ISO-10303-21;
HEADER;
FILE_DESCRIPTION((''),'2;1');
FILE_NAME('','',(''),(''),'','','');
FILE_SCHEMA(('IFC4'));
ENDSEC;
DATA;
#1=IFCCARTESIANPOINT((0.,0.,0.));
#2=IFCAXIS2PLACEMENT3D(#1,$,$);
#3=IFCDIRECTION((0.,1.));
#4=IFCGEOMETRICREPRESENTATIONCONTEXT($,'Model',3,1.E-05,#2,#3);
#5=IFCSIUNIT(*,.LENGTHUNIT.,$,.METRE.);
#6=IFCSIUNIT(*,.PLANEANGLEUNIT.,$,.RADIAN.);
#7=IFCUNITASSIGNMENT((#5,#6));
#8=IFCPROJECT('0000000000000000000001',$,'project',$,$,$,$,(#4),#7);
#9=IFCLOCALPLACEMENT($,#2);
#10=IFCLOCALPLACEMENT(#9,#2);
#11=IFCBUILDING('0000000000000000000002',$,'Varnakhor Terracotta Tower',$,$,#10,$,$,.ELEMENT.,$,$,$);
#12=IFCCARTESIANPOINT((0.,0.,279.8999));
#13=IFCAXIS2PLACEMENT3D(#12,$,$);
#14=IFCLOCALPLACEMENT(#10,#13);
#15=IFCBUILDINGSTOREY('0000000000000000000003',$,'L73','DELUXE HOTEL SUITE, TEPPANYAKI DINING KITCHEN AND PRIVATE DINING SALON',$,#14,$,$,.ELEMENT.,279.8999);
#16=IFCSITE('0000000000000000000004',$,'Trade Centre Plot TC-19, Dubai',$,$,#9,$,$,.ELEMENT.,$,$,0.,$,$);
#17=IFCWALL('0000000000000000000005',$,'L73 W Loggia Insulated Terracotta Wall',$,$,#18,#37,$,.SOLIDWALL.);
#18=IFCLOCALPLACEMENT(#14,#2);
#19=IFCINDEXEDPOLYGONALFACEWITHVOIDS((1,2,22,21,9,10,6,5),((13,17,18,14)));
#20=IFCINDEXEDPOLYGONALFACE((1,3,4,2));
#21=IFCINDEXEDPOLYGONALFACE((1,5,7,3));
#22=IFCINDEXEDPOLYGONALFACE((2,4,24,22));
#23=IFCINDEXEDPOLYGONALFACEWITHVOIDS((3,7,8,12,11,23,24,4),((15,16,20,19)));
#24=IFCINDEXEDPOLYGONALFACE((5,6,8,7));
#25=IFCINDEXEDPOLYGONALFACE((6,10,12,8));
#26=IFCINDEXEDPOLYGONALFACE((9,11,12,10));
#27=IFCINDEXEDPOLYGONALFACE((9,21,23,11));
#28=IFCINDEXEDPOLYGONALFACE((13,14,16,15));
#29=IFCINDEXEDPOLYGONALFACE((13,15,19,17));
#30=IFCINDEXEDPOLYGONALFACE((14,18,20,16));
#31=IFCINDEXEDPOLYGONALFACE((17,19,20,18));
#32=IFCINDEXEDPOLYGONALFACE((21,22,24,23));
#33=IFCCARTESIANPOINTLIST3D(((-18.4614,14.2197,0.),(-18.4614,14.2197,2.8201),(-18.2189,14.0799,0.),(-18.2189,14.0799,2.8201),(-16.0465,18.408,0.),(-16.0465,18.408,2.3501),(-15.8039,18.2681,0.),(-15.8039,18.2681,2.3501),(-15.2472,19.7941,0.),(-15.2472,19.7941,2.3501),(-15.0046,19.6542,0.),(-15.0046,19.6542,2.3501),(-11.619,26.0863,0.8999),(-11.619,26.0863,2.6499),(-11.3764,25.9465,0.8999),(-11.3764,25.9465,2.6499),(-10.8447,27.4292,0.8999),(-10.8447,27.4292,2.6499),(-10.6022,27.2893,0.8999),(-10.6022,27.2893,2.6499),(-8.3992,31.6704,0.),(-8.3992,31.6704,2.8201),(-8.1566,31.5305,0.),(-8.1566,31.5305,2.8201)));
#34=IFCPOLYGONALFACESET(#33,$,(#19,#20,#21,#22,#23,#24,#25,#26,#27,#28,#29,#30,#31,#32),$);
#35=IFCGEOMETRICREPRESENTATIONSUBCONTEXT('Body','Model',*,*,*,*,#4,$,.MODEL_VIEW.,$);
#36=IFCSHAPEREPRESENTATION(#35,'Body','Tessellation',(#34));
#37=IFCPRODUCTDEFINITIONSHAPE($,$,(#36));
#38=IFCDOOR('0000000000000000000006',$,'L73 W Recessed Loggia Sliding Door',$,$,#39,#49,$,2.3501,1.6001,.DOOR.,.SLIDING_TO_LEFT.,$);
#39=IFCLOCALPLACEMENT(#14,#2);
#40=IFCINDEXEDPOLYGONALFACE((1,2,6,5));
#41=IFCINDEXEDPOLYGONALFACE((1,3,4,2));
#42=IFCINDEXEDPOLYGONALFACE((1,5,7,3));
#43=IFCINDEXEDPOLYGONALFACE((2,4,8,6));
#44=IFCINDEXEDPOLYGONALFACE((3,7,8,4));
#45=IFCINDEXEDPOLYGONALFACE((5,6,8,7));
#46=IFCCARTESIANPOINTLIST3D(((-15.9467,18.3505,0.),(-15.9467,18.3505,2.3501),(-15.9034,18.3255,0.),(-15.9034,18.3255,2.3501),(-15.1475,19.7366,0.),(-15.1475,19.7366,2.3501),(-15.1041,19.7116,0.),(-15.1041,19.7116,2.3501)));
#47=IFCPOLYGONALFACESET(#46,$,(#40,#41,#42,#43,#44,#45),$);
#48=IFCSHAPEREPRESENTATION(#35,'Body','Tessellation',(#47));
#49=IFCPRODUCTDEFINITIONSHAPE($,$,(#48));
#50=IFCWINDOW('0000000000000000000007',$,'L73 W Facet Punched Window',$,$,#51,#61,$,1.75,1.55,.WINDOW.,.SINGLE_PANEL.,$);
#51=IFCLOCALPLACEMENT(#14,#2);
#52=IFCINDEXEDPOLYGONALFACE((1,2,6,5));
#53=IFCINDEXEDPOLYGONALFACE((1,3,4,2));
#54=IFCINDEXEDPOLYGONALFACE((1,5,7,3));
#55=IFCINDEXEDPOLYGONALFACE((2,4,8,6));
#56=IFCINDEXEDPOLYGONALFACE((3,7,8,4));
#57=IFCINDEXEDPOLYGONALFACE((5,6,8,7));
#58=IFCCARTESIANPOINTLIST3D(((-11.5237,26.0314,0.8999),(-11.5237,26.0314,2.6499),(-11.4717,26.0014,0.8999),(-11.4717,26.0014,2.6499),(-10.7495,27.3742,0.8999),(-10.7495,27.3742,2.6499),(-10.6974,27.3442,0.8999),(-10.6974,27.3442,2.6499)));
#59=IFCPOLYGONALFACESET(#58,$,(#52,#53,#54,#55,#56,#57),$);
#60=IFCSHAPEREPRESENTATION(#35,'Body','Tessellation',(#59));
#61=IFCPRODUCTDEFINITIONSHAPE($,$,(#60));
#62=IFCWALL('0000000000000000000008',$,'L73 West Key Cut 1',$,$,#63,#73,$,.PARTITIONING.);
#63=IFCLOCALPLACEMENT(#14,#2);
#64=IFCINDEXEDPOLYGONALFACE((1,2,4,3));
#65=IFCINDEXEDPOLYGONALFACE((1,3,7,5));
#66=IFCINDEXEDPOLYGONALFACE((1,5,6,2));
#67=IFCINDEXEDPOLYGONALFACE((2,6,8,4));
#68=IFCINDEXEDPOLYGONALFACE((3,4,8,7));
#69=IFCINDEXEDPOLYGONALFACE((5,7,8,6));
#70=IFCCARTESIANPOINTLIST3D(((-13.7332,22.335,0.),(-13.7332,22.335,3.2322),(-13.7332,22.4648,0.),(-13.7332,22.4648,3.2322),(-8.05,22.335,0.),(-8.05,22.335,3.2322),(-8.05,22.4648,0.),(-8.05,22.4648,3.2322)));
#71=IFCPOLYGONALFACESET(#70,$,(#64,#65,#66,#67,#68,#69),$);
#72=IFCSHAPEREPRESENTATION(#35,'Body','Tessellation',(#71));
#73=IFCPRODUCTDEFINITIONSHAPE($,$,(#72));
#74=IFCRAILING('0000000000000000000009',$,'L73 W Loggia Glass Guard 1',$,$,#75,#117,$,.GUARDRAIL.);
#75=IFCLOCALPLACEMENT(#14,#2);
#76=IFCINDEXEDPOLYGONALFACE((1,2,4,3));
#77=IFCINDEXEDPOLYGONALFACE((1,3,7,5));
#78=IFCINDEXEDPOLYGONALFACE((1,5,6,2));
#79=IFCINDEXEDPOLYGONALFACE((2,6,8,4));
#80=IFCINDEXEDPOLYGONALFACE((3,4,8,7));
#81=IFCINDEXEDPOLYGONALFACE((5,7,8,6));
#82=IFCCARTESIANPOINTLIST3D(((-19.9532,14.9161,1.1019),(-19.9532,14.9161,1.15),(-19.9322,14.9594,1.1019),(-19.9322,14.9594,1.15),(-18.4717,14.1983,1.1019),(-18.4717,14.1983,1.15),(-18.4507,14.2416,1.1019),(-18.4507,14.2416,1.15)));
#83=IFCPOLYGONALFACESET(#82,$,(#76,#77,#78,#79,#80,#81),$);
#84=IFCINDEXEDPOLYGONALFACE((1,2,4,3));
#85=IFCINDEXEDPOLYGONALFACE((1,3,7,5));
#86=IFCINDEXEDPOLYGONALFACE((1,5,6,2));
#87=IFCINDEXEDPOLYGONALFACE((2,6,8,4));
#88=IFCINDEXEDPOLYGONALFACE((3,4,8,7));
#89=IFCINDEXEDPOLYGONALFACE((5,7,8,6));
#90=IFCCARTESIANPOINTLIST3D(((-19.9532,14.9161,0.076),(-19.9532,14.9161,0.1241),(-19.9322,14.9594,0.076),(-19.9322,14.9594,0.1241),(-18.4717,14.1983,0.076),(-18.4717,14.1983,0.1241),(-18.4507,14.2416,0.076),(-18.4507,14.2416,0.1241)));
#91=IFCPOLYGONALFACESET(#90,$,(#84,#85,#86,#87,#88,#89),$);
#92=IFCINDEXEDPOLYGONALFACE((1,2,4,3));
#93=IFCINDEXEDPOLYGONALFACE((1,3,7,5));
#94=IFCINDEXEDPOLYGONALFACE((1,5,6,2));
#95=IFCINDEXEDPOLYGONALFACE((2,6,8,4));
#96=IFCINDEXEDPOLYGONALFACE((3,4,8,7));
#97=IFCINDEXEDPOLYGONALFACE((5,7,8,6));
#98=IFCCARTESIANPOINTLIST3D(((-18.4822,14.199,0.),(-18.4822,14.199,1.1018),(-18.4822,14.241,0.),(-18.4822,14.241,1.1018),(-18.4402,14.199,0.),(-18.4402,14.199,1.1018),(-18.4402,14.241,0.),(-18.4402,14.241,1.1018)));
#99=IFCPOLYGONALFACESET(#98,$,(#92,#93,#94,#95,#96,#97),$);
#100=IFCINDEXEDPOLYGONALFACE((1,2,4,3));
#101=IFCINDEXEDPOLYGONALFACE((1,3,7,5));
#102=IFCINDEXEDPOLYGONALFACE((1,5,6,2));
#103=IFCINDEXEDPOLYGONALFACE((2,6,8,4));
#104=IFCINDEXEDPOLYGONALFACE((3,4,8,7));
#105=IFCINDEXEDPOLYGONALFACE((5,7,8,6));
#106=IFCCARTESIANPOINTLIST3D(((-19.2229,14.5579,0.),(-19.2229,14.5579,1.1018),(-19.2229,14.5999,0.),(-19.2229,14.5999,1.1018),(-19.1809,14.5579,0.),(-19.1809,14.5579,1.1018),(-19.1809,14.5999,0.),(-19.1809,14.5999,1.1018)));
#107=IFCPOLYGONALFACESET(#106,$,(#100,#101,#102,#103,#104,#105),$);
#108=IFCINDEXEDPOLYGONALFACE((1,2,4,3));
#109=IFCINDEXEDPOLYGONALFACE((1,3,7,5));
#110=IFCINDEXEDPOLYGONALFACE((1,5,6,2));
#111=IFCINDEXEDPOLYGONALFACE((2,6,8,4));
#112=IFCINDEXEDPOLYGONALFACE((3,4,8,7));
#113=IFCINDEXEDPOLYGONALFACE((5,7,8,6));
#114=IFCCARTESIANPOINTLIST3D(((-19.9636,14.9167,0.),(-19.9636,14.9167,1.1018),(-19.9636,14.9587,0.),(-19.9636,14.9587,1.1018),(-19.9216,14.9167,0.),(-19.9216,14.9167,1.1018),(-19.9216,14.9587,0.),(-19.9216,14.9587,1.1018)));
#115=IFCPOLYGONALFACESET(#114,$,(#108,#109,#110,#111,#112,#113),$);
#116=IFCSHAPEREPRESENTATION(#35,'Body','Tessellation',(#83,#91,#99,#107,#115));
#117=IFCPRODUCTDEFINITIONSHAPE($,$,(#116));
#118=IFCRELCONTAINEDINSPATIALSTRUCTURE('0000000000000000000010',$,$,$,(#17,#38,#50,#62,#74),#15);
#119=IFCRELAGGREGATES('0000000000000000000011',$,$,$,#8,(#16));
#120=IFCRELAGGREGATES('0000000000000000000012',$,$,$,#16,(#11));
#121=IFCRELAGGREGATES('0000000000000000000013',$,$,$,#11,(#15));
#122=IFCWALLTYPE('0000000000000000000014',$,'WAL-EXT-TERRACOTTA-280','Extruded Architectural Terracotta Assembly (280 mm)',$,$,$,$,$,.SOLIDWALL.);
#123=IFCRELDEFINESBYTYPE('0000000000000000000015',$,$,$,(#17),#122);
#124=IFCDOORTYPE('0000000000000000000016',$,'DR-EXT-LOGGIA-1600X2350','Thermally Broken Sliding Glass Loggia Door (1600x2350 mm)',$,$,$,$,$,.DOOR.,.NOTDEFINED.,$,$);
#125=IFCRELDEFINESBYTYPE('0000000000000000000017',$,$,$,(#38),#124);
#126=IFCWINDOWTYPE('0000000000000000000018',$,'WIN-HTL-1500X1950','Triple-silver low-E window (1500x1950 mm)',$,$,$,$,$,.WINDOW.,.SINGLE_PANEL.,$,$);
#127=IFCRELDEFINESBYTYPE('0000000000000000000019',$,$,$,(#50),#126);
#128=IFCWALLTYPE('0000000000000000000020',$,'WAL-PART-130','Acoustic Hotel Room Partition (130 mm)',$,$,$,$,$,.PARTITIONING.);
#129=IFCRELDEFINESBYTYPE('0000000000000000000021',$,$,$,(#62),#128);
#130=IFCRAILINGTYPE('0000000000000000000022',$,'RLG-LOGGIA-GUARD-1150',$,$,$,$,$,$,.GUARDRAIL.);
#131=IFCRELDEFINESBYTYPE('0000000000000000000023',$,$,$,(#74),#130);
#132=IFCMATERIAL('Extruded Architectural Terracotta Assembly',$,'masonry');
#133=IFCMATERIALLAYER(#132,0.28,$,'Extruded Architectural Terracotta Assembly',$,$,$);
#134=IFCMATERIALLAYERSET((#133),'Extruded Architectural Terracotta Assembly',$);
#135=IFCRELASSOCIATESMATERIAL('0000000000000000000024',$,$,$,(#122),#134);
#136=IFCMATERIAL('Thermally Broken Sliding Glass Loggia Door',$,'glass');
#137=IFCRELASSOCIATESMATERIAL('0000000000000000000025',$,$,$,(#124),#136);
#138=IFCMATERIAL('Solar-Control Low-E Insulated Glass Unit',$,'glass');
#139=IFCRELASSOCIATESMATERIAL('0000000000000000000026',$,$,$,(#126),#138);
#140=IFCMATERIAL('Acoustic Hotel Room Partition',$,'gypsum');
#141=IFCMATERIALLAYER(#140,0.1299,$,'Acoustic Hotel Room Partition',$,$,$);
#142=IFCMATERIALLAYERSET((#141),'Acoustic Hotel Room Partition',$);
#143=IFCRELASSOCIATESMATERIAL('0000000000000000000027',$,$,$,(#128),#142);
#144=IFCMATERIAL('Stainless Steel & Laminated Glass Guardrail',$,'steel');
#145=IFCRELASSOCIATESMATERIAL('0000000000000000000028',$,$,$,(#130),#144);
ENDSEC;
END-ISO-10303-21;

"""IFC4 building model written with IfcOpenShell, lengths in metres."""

from ifc_helpers import new_model, si_unit, direction, frame, frame_2d, origin, origin_2d, place, context, subcontext, project, spatial, rectangle, extrude, source, transform, mapped, material, layer, layer_set, type_object, type_shapes, element, fill, save


model = new_model("IFC4")

# Units and contexts
model_context = context("Model", 3, precision=1e-05, world=origin(), true_north=direction((0.0, 1.0)))
body_context = subcontext(model_context, "Body", "Model", "MODEL_VIEW")
ifc_project = project(units=[si_unit("LENGTHUNIT", "METRE"), si_unit("PLANEANGLEUNIT", "RADIAN")], contexts=[model_context])

# Site, building, storey
site_placement = place(None, origin())
site = spatial("IfcSite", under=ifc_project, at=site_placement, Name="Trade Centre Plot TC-19, Dubai", CompositionType="ELEMENT", RefElevation=0.0)
building_placement = place(site_placement, origin())
building = spatial("IfcBuilding", under=site, at=building_placement, Name="Varnakhor Terracotta Tower", CompositionType="ELEMENT")
storey_placement = place(building_placement, frame((0.0, 0.0, 279.8999)))
storey = spatial("IfcBuildingStorey", under=building, at=storey_placement, Name="L73", Description="DELUXE HOTEL SUITE, TEPPANYAKI DINING KITCHEN AND PRIVATE DINING SALON", CompositionType="ELEMENT", Elevation=279.8999)

# Wall, openings, door, window
ifc_material_1 = material(Name="Extruded Architectural Terracotta Assembly", Category="masonry")
ifc_layer_1 = layer(ifc_material_1, 0.28, Name="Extruded Architectural Terracotta Assembly")
ifc_layer_set_1 = layer_set([ifc_layer_1], Name="Extruded Architectural Terracotta Assembly")
wall_type_1 = type_object("IfcWallType", Name="WAL-EXT-TERRACOTTA-280", Description="Extruded Architectural Terracotta Assembly (280 mm)", PredefinedType="SOLIDWALL", material=ifc_layer_set_1)
wall_1_placement = place(storey_placement, frame((-18.3401, 14.1499, 0.0), z_axis=(0.0, 0.0, 1.0), x_axis=(0.49952, 0.866303, 0.0)))
wall_1 = element("IfcWall", 1, at=wall_1_placement, inside=storey, type_object=wall_type_1, Name="L73 W Loggia Insulated Terracotta Wall", PredefinedType="SOLIDWALL", context=body_context, shape_type="SweptSolid", body=[
    extrude(rectangle(XDim=20.1438, YDim=0.28, at=frame_2d((10.0718, 0.0))), origin(), (0.0, 0.0, 1.0), 2.8201),
])
opening_1_placement = place(wall_1_placement, frame((4.8345, 0.0, 0.0)))
opening_1 = element("IfcOpeningElement", 2, at=opening_1_placement, cuts=wall_1, PredefinedType="OPENING", context=body_context, shape_type="SweptSolid", body=[
    extrude(rectangle(XDim=1.6001, YDim=2.3501, at=frame_2d((0.8, 1.175))), frame((0.0, 0.1499, 0.0), z_axis=(0.0, -1.0, 0.0), x_axis=(1.0, 0.0, 0.0)), (0.0, 0.0, 1.0), 0.3),
])
opening_2_placement = place(wall_1_placement, frame((13.698, 0.0, 0.8999)))
opening_2 = element("IfcOpeningElement", 3, at=opening_2_placement, cuts=wall_1, PredefinedType="OPENING", context=body_context, shape_type="SweptSolid", body=[
    extrude(rectangle(XDim=1.55, YDim=1.75, at=frame_2d((0.7749, 0.875))), frame((0.0, 0.1499, 0.0), z_axis=(0.0, -1.0, 0.0), x_axis=(1.0, 0.0, 0.0)), (0.0, 0.0, 1.0), 0.3),
])
ifc_material_2 = material(Name="Thermally Broken Sliding Glass Loggia Door", Category="glass")
door_type_1 = type_object("IfcDoorType", Name="DR-EXT-LOGGIA-1600X2350", Description="Thermally Broken Sliding Glass Loggia Door (1600x2350 mm)", OperationType="NOTDEFINED", PredefinedType="DOOR", material=ifc_material_2)
shared_shape_1 = source(origin(), body_context, "Body", "SweptSolid", [
    extrude(rectangle(XDim=1.6001, YDim=2.3501, at=frame_2d((0.8, 1.175))), frame((0.0, 0.0249, 0.0), z_axis=(0.0, -1.0, 0.0), x_axis=(1.0, 0.0, 0.0)), (0.0, 0.0, 1.0), 0.05),
])
type_shapes(door_type_1, [shared_shape_1])
door_1_placement = place(opening_1_placement, origin())
door_1 = element("IfcDoor", 4, at=door_1_placement, inside=storey, type_object=door_type_1, Name="L73 W Recessed Loggia Sliding Door", OperationType="SLIDING_TO_LEFT", OverallHeight=2.3501, OverallWidth=1.6001, PredefinedType="DOOR", context=body_context, shape_type="MappedRepresentation", body=[
    mapped(shared_shape_1, transform((0.0, 0.0, 0.0), scale=1.0)),
])
fill(opening_1, door_1)
ifc_material_3 = material(Name="Solar-Control Low-E Insulated Glass Unit", Category="glass")
window_type = type_object("IfcWindowType", Name="WIN-HTL-1500X1950", Description="Triple-silver low-E window (1500x1950 mm)", PartitioningType="SINGLE_PANEL", PredefinedType="WINDOW", material=ifc_material_3)
shared_shape_2 = source(origin(), body_context, "Body", "SweptSolid", [
    extrude(rectangle(XDim=1.55, YDim=1.75, at=frame_2d((0.7749, 0.875))), frame((0.0, 0.03, 0.0), z_axis=(0.0, -1.0, 0.0), x_axis=(1.0, 0.0, 0.0)), (0.0, 0.0, 1.0), 0.0601),
])
type_shapes(window_type, [shared_shape_2])
window_placement = place(opening_2_placement, origin())
window = element("IfcWindow", 5, at=window_placement, inside=storey, type_object=window_type, Name="L73 W Facet Punched Window", OverallHeight=1.75, OverallWidth=1.55, PartitioningType="SINGLE_PANEL", PredefinedType="WINDOW", context=body_context, shape_type="MappedRepresentation", body=[
    mapped(shared_shape_2, transform((0.0, 0.0, 0.0), scale=1.0)),
])
fill(opening_2, window)

# Wall
ifc_material_4 = material(Name="Acoustic Hotel Room Partition", Category="gypsum")
ifc_layer_2 = layer(ifc_material_4, 0.1299, Name="Acoustic Hotel Room Partition")
ifc_layer_set_2 = layer_set([ifc_layer_2], Name="Acoustic Hotel Room Partition")
wall_type_2 = type_object("IfcWallType", Name="WAL-PART-130", Description="Acoustic Hotel Room Partition (130 mm)", PredefinedType="PARTITIONING", material=ifc_layer_set_2)
wall_2_placement = place(storey_placement, frame((-13.7332, 22.3999, 0.0), z_axis=(0.0, 0.0, 1.0), x_axis=(1.0, 0.0, 0.0)))
element("IfcWall", 6, at=wall_2_placement, inside=storey, type_object=wall_type_2, Name="L73 West Key Cut 1", PredefinedType="PARTITIONING", context=body_context, shape_type="SweptSolid", body=[
    extrude(rectangle(XDim=5.6831, YDim=0.1299, at=frame_2d((2.8416, 0.0))), origin(), (0.0, 0.0, 1.0), 3.2322),
])

# Railing
ifc_material_5 = material(Name="Stainless Steel & Laminated Glass Guardrail", Category="steel")
railing_type = type_object("IfcRailingType", Name="RLG-LOGGIA-GUARD-1150", PredefinedType="GUARDRAIL", material=ifc_material_5)
railing_1_placement = place(storey_placement, frame((-18.4612, 14.22, 0.0)))
element("IfcRailing", 7, at=railing_1_placement, inside=storey, type_object=railing_type, Name="L73 W Loggia Glass Guard 1", PredefinedType="GUARDRAIL", context=body_context, shape_type="SweptSolid", body=[
    extrude(rectangle(XDim=0.0481, YDim=0.0481, at=origin_2d()), frame((0.0, 0.0, 1.126), z_axis=(-0.899934, 0.436026, 0.0), x_axis=(-0.436026, -0.899934, 0.0)), (0.0, 0.0, 1.0), 1.6462),
    extrude(rectangle(XDim=0.0481, YDim=0.0481, at=origin_2d()), frame((0.0, 0.0, 0.1001), z_axis=(-0.899934, 0.436026, 0.0), x_axis=(-0.436026, -0.899934, 0.0)), (0.0, 0.0, 1.0), 1.6462),
    extrude(rectangle(XDim=0.042, YDim=0.042, at=origin_2d()), origin(), (0.0, 0.0, 1.0), 1.1018),
    extrude(rectangle(XDim=0.042, YDim=0.042, at=origin_2d()), frame((-0.7407, 0.3589, 0.0)), (0.0, 0.0, 1.0), 1.1018),
    extrude(rectangle(XDim=0.042, YDim=0.042, at=origin_2d()), frame((-1.4814, 0.7178, 0.0)), (0.0, 0.0, 1.0), 1.1018),
])

save(model, "model.ifc")
